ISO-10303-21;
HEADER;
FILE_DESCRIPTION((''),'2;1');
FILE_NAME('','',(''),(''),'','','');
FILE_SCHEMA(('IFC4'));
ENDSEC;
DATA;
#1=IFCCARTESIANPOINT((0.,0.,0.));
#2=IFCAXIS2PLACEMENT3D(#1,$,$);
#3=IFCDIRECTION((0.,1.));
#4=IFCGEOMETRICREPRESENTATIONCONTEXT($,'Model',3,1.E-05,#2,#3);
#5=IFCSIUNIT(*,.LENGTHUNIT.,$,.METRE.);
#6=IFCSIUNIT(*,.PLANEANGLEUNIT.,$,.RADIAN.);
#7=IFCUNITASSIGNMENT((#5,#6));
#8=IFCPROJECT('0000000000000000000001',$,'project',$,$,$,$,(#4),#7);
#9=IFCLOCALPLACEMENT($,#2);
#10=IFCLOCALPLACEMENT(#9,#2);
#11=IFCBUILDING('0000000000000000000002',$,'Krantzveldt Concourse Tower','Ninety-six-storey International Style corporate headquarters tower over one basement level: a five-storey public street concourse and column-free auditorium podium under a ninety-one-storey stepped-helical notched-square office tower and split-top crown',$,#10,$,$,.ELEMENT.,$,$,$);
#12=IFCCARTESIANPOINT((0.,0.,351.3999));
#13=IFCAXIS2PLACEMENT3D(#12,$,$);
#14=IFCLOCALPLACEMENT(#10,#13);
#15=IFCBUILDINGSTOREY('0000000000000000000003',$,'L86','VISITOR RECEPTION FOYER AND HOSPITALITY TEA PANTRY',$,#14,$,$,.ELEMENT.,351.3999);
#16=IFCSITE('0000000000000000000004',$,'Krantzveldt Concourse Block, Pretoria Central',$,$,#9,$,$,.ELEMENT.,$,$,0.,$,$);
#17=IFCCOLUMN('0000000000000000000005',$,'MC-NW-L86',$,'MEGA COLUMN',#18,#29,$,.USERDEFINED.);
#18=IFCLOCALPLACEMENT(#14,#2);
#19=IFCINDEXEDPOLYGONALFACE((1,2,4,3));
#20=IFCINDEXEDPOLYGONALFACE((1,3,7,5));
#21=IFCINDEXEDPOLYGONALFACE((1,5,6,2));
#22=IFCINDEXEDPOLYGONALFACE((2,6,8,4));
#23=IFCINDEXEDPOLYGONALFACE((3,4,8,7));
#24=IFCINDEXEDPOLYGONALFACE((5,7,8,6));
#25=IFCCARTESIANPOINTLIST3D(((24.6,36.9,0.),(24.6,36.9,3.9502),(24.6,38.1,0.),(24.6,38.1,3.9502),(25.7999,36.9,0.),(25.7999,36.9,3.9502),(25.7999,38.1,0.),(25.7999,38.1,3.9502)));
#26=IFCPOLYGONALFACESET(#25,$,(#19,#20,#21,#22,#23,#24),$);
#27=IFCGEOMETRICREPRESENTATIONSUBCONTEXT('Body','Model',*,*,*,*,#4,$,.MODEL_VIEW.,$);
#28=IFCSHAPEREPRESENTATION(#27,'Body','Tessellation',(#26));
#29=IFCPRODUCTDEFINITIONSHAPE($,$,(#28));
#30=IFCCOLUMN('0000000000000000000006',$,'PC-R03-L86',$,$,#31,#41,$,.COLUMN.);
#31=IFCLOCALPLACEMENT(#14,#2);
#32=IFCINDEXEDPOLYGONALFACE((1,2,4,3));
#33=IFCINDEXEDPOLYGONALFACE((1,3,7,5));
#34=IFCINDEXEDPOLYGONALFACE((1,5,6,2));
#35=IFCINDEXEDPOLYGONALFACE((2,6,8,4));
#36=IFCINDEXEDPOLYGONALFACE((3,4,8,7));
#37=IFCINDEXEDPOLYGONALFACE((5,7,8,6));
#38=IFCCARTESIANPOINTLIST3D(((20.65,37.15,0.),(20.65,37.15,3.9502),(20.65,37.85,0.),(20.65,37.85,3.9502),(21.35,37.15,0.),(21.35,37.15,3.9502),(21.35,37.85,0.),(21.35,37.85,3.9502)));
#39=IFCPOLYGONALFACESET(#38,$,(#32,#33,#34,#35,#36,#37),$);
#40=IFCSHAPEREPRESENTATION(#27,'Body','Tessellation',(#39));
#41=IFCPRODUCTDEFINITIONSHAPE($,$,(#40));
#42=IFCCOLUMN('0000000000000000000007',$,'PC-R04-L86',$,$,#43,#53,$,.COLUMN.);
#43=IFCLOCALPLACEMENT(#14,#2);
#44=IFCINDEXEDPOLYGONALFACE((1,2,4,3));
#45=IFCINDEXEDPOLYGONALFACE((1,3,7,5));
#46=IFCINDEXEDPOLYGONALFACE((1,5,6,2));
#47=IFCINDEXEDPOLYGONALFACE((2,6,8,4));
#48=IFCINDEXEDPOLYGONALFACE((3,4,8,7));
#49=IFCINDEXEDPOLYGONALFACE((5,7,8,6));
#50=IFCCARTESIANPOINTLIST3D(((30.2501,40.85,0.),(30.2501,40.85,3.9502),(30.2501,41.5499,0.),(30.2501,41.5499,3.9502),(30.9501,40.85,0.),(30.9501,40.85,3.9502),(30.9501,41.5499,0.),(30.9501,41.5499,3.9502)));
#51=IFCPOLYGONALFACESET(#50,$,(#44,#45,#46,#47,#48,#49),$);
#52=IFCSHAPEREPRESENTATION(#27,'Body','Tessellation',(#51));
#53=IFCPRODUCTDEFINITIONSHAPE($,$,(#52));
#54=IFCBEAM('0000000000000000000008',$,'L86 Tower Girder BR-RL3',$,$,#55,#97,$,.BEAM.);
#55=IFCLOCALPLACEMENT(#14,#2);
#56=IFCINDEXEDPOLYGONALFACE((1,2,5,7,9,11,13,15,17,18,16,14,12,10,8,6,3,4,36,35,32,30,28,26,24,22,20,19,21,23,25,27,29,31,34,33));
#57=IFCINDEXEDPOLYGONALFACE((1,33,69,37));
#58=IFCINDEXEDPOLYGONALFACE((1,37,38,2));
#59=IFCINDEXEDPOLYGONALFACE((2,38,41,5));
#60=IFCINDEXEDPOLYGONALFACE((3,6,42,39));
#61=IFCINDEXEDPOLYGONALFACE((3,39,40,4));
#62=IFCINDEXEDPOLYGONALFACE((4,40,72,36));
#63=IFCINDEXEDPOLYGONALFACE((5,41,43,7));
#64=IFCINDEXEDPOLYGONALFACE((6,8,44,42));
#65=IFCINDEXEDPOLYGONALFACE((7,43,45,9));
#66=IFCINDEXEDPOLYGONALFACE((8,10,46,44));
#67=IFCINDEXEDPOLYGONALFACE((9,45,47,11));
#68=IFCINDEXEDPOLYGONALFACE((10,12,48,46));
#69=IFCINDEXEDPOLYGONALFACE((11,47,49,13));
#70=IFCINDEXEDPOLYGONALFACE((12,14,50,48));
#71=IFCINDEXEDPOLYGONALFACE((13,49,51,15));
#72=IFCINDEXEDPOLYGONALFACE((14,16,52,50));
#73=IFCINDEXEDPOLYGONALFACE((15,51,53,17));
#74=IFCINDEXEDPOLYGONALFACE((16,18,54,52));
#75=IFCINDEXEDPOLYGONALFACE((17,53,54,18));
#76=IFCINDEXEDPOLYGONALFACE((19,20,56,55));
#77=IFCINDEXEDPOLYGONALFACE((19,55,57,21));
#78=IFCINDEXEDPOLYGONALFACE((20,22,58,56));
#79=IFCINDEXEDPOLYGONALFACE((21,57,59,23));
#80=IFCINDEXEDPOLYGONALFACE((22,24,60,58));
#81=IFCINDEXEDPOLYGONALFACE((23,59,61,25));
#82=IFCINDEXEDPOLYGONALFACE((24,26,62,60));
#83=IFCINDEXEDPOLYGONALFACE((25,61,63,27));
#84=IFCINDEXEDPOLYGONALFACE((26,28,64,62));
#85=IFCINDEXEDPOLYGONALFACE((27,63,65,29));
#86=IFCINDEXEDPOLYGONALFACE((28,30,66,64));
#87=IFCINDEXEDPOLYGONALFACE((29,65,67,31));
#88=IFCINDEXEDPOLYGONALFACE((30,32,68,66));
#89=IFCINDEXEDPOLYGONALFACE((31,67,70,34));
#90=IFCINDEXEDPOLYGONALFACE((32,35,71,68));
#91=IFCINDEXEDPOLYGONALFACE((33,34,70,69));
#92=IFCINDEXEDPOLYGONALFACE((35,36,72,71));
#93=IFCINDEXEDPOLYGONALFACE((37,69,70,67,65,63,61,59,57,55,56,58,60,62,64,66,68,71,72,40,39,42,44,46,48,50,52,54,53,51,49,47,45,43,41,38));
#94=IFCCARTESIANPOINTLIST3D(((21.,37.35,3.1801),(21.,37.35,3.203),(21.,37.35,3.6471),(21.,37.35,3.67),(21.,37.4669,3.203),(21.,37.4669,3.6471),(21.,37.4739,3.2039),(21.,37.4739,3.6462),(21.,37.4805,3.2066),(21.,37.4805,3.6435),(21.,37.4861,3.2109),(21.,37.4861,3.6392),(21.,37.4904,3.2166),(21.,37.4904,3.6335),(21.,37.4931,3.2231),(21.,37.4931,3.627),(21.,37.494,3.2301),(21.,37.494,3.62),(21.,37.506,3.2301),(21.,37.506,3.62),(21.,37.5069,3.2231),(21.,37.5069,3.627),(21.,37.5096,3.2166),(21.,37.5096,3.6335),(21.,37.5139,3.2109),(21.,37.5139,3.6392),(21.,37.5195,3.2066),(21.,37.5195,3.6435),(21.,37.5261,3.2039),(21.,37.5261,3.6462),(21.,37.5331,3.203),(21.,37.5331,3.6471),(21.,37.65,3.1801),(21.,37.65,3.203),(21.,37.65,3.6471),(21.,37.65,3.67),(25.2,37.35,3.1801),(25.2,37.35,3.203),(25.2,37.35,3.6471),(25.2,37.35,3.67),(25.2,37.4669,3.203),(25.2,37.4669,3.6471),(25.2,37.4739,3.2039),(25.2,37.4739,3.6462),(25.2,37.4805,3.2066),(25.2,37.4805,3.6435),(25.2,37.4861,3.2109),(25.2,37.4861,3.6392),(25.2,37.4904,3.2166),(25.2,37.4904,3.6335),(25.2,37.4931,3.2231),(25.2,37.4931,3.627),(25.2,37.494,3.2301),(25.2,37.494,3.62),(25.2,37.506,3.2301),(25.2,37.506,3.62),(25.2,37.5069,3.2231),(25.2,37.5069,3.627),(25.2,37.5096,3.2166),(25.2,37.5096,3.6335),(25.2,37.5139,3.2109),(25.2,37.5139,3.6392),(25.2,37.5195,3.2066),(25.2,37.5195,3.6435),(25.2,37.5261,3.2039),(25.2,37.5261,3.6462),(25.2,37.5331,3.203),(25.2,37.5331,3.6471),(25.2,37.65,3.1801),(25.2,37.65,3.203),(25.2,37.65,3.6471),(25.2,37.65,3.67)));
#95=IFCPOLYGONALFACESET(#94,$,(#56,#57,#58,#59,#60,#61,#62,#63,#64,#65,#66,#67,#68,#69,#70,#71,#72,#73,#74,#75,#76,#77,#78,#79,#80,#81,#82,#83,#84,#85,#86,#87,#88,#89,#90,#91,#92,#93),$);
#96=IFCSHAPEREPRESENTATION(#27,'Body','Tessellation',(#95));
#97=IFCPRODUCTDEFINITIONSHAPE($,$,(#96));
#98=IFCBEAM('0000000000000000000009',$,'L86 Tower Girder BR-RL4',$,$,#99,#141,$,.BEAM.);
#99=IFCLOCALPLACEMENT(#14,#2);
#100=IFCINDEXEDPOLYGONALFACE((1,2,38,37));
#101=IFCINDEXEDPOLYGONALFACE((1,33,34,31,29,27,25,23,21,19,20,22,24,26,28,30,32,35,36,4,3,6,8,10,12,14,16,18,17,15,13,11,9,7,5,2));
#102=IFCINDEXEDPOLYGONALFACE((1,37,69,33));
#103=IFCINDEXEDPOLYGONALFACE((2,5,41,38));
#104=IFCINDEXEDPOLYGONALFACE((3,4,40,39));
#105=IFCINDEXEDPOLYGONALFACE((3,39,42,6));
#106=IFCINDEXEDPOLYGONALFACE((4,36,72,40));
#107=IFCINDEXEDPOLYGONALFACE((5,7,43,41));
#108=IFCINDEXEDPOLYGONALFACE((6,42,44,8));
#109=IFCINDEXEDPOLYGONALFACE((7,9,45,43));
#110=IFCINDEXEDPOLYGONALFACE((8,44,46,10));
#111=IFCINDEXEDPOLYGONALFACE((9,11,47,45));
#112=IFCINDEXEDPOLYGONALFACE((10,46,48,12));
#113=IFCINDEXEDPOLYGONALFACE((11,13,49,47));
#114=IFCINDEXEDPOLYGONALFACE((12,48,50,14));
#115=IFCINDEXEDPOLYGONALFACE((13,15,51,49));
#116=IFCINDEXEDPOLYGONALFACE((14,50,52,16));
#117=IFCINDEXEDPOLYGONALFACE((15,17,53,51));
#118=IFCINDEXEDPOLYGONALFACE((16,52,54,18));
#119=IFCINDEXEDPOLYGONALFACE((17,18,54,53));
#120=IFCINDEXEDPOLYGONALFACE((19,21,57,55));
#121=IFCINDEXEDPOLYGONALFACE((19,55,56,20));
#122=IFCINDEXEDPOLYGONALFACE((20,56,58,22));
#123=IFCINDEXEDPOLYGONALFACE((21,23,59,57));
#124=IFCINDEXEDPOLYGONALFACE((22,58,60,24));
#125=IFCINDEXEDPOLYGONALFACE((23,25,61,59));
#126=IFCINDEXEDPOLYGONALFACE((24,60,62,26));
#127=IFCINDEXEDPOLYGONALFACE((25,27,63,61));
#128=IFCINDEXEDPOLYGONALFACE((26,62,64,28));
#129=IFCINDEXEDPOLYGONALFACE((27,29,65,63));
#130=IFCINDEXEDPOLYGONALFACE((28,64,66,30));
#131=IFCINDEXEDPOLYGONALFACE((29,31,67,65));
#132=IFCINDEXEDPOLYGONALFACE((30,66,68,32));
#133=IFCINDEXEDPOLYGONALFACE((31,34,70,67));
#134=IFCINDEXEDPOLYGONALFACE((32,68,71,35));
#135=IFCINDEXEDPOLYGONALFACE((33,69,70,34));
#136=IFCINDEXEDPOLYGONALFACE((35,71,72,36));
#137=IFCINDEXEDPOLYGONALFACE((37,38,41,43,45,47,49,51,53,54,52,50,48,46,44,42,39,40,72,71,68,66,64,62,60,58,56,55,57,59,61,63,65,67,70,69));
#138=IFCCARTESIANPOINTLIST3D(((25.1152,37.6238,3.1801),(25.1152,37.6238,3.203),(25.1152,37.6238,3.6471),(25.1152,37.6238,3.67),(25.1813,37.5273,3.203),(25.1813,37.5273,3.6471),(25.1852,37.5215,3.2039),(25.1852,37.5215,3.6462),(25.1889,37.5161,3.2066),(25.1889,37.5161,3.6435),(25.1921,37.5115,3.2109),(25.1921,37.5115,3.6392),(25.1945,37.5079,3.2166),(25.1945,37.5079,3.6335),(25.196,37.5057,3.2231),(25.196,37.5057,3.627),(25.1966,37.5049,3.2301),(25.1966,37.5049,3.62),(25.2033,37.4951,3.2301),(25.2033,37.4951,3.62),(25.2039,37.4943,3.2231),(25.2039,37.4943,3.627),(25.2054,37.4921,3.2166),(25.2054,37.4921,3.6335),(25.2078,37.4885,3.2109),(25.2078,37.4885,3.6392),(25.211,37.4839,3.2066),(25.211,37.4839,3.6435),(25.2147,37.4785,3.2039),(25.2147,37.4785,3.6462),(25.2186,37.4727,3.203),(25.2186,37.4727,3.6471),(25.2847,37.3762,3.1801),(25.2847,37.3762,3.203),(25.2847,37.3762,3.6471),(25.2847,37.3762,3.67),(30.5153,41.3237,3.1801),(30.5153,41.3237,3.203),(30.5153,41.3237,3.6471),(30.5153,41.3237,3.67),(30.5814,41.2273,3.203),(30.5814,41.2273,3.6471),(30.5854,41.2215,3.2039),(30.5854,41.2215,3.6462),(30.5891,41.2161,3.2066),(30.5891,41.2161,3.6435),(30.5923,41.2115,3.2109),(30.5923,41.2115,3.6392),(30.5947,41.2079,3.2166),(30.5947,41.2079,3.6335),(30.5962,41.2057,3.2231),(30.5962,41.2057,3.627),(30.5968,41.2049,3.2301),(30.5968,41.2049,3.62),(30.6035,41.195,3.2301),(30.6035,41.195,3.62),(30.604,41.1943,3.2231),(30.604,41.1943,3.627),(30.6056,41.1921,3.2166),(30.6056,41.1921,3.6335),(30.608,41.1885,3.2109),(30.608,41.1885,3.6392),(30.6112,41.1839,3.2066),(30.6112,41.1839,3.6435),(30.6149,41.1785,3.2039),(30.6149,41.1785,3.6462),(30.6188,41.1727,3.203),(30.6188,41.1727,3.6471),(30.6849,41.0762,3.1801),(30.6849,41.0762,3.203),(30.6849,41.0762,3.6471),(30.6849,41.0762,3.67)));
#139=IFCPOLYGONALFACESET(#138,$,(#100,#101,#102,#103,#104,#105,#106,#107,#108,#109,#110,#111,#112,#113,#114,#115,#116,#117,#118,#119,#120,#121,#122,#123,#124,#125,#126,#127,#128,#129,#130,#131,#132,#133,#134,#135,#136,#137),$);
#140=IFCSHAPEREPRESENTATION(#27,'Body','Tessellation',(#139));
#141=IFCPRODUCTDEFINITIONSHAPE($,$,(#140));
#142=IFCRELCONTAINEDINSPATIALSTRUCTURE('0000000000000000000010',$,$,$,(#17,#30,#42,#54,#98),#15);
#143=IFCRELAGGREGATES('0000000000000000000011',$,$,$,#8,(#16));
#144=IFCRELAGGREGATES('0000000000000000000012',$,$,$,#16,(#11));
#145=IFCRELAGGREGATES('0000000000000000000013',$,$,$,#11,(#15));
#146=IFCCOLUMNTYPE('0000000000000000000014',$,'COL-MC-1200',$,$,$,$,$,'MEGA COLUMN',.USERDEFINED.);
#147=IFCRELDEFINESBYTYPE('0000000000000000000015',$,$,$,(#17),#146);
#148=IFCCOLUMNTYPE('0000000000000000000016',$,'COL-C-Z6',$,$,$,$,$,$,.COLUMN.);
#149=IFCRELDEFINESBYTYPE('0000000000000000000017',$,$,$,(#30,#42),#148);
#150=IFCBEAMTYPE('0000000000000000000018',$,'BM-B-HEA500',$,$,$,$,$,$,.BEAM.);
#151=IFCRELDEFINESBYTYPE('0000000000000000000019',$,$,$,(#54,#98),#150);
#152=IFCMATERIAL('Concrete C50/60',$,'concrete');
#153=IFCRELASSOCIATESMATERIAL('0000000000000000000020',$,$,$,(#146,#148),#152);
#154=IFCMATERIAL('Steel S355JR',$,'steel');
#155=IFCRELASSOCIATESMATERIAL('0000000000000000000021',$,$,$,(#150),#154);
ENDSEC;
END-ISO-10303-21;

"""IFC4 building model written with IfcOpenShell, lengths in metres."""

from ifc_helpers import new_model, si_unit, direction, frame, origin, origin_2d, place, context, subcontext, project, spatial, rectangle, i_section, extrude, source, transform, mapped, material, material_profile, profile_set, type_object, type_shapes, element, save


model = new_model("IFC4")

# Units and contexts
model_context = context("Model", 3, precision=1e-05, world=origin(), true_north=direction((0.0, 1.0)))
body_context = subcontext(model_context, "Body", "Model", "MODEL_VIEW")
ifc_project = project(units=[si_unit("LENGTHUNIT", "METRE"), si_unit("PLANEANGLEUNIT", "RADIAN")], contexts=[model_context])

# Site, building, storey
site_placement = place(None, origin())
site = spatial("IfcSite", under=ifc_project, at=site_placement, Name="Krantzveldt Concourse Block, Pretoria Central", CompositionType="ELEMENT", RefElevation=0.0)
building_placement = place(site_placement, origin())
building = spatial("IfcBuilding", under=site, at=building_placement, Name="Krantzveldt Concourse Tower", Description="Ninety-six-storey International Style corporate headquarters tower over one basement level: a five-storey public street concourse and column-free auditorium podium under a ninety-one-storey stepped-helical notched-square office tower and split-top crown", CompositionType="ELEMENT")
storey_placement = place(building_placement, frame((0.0, 0.0, 351.3999)))
storey = spatial("IfcBuildingStorey", under=building, at=storey_placement, Name="L86", Description="VISITOR RECEPTION FOYER AND HOSPITALITY TEA PANTRY", CompositionType="ELEMENT", Elevation=351.3999)

# Columns
ifc_material_1 = material(Name="Concrete C50/60", Category="concrete")
ifc_material_profile_1 = material_profile(ifc_material_1, rectangle(XDim=1.2, YDim=1.2, at=origin_2d()), Name="Concrete C50/60", Category="concrete")
ifc_profile_set_1 = profile_set([ifc_material_profile_1], Name="Concrete C50/60 - RC 1200x1200")
column_type_1 = type_object("IfcColumnType", Name="COL-MC-1200", ElementType="MEGA COLUMN", PredefinedType="USERDEFINED", material=ifc_profile_set_1)
shared_shape_1 = source(origin(), body_context, "Body", "SweptSolid", [
    extrude(rectangle(XDim=1.2, YDim=1.2, at=origin_2d()), origin(), (0.0, 0.0, 1.0), 3.9502),
])
type_shapes(column_type_1, [shared_shape_1])
column_placement = place(storey_placement, frame((25.2, 37.5, 0.0), z_axis=(0.0, 0.0, 1.0), x_axis=(1.0, 0.0, 0.0)))
element("IfcColumn", 1, at=column_placement, inside=storey, type_object=column_type_1, Name="MC-NW-L86", ObjectType="MEGA COLUMN", PredefinedType="USERDEFINED", context=body_context, shape_type="MappedRepresentation", body=[
    mapped(shared_shape_1, transform((0.0, 0.0, 0.0), x_axis=(1.0, 0.0, 0.0), y_axis=(0.0, 1.0, 0.0), z_axis=(0.0, 0.0, 1.0), scale=1.0)),
])
ifc_material_profile_2 = material_profile(ifc_material_1, rectangle(XDim=0.7, YDim=0.7, at=origin_2d()), Name="Concrete C50/60", Category="concrete")
ifc_profile_set_2 = profile_set([ifc_material_profile_2], Name="Concrete C50/60 - RC 700x700")
column_type_2 = type_object("IfcColumnType", Name="COL-C-Z6", PredefinedType="COLUMN", material=ifc_profile_set_2)
shared_shape_2 = source(origin(), body_context, "Body", "SweptSolid", [
    extrude(rectangle(XDim=0.7, YDim=0.7, at=origin_2d()), origin(), (0.0, 0.0, 1.0), 3.9502),
])
type_shapes(column_type_2, [shared_shape_2])
for number, where, z_axis, x_axis, name in (
    (2, (21.0, 37.5, 0.0), (0.0, 0.0, 1.0), (1.0, 0.0, 0.0), "PC-R03-L86"),
    (3, (30.6001, 41.2, 0.0), (0.0, 0.0, 1.0), (1.0, 0.0, 0.0), "PC-R04-L86"),
):
    element("IfcColumn", number, at=place(storey_placement, frame(where, z_axis=z_axis, x_axis=x_axis)), inside=storey, type_object=column_type_2, Name=name, PredefinedType="COLUMN", context=body_context, shape_type="MappedRepresentation", body=[
        mapped(shared_shape_2, transform((0.0, 0.0, 0.0), x_axis=(1.0, 0.0, 0.0), y_axis=(0.0, 1.0, 0.0), z_axis=(0.0, 0.0, 1.0), scale=1.0)),
    ])

# Beams
ifc_material_2 = material(Name="Steel S355JR", Category="steel")
ifc_material_profile_3 = material_profile(ifc_material_2, i_section(OverallWidth=0.3, OverallDepth=0.49, WebThickness=0.012, FlangeThickness=0.0229, FilletRadius=0.0271, at=origin_2d()), Name="Steel S355JR", Category="steel")
ifc_profile_set_3 = profile_set([ifc_material_profile_3], Name="Steel S355JR - HEA 500")
beam_type_1 = type_object("IfcBeamType", Name="BM-B-HEA500", PredefinedType="BEAM", material=ifc_profile_set_3)
shared_shape_3 = source(origin(), body_context, "Body", "SweptSolid", [
    extrude(i_section(OverallWidth=0.3, OverallDepth=0.49, WebThickness=0.012, FlangeThickness=0.0229, FilletRadius=0.0271, at=origin_2d()), origin(), (0.0, 0.0, 1.0), 4.2),
])
beam_1_placement = place(storey_placement, frame((21.0, 37.5, 3.425), z_axis=(1.0, 0.0, 0.0), x_axis=(0.0, 1.0, 0.0)))
element("IfcBeam", 4, at=beam_1_placement, inside=storey, type_object=beam_type_1, Name="L86 Tower Girder BR-RL3", PredefinedType="BEAM", context=body_context, shape_type="MappedRepresentation", body=[
    mapped(shared_shape_3, transform((0.0, 0.0, 0.0), x_axis=(1.0, 0.0, 0.0), y_axis=(0.0, 1.0, 0.0), z_axis=(0.0, 0.0, 1.0), scale=1.0)),
])
shared_shape_4 = source(origin(), body_context, "Body", "SweptSolid", [
    extrude(i_section(OverallWidth=0.3, OverallDepth=0.49, WebThickness=0.012, FlangeThickness=0.0229, FilletRadius=0.0271, at=origin_2d()), origin(), (0.0, 0.0, 1.0), 6.5461),
])
type_shapes(beam_type_1, [shared_shape_3, shared_shape_4])
beam_2_placement = place(storey_placement, frame((25.2, 37.5, 3.425), z_axis=(0.824943, 0.565216, 0.0), x_axis=(-0.565216, 0.824943, 0.0)))
element("IfcBeam", 5, at=beam_2_placement, inside=storey, type_object=beam_type_1, Name="L86 Tower Girder BR-RL4", PredefinedType="BEAM", context=body_context, shape_type="MappedRepresentation", body=[
    mapped(shared_shape_4, transform((0.0, 0.0, 0.0), x_axis=(1.0, 0.0, 0.0), y_axis=(0.0, 1.0, 0.0), z_axis=(0.0, 0.0, 1.0), scale=1.0)),
])

save(model, "model.ifc")
